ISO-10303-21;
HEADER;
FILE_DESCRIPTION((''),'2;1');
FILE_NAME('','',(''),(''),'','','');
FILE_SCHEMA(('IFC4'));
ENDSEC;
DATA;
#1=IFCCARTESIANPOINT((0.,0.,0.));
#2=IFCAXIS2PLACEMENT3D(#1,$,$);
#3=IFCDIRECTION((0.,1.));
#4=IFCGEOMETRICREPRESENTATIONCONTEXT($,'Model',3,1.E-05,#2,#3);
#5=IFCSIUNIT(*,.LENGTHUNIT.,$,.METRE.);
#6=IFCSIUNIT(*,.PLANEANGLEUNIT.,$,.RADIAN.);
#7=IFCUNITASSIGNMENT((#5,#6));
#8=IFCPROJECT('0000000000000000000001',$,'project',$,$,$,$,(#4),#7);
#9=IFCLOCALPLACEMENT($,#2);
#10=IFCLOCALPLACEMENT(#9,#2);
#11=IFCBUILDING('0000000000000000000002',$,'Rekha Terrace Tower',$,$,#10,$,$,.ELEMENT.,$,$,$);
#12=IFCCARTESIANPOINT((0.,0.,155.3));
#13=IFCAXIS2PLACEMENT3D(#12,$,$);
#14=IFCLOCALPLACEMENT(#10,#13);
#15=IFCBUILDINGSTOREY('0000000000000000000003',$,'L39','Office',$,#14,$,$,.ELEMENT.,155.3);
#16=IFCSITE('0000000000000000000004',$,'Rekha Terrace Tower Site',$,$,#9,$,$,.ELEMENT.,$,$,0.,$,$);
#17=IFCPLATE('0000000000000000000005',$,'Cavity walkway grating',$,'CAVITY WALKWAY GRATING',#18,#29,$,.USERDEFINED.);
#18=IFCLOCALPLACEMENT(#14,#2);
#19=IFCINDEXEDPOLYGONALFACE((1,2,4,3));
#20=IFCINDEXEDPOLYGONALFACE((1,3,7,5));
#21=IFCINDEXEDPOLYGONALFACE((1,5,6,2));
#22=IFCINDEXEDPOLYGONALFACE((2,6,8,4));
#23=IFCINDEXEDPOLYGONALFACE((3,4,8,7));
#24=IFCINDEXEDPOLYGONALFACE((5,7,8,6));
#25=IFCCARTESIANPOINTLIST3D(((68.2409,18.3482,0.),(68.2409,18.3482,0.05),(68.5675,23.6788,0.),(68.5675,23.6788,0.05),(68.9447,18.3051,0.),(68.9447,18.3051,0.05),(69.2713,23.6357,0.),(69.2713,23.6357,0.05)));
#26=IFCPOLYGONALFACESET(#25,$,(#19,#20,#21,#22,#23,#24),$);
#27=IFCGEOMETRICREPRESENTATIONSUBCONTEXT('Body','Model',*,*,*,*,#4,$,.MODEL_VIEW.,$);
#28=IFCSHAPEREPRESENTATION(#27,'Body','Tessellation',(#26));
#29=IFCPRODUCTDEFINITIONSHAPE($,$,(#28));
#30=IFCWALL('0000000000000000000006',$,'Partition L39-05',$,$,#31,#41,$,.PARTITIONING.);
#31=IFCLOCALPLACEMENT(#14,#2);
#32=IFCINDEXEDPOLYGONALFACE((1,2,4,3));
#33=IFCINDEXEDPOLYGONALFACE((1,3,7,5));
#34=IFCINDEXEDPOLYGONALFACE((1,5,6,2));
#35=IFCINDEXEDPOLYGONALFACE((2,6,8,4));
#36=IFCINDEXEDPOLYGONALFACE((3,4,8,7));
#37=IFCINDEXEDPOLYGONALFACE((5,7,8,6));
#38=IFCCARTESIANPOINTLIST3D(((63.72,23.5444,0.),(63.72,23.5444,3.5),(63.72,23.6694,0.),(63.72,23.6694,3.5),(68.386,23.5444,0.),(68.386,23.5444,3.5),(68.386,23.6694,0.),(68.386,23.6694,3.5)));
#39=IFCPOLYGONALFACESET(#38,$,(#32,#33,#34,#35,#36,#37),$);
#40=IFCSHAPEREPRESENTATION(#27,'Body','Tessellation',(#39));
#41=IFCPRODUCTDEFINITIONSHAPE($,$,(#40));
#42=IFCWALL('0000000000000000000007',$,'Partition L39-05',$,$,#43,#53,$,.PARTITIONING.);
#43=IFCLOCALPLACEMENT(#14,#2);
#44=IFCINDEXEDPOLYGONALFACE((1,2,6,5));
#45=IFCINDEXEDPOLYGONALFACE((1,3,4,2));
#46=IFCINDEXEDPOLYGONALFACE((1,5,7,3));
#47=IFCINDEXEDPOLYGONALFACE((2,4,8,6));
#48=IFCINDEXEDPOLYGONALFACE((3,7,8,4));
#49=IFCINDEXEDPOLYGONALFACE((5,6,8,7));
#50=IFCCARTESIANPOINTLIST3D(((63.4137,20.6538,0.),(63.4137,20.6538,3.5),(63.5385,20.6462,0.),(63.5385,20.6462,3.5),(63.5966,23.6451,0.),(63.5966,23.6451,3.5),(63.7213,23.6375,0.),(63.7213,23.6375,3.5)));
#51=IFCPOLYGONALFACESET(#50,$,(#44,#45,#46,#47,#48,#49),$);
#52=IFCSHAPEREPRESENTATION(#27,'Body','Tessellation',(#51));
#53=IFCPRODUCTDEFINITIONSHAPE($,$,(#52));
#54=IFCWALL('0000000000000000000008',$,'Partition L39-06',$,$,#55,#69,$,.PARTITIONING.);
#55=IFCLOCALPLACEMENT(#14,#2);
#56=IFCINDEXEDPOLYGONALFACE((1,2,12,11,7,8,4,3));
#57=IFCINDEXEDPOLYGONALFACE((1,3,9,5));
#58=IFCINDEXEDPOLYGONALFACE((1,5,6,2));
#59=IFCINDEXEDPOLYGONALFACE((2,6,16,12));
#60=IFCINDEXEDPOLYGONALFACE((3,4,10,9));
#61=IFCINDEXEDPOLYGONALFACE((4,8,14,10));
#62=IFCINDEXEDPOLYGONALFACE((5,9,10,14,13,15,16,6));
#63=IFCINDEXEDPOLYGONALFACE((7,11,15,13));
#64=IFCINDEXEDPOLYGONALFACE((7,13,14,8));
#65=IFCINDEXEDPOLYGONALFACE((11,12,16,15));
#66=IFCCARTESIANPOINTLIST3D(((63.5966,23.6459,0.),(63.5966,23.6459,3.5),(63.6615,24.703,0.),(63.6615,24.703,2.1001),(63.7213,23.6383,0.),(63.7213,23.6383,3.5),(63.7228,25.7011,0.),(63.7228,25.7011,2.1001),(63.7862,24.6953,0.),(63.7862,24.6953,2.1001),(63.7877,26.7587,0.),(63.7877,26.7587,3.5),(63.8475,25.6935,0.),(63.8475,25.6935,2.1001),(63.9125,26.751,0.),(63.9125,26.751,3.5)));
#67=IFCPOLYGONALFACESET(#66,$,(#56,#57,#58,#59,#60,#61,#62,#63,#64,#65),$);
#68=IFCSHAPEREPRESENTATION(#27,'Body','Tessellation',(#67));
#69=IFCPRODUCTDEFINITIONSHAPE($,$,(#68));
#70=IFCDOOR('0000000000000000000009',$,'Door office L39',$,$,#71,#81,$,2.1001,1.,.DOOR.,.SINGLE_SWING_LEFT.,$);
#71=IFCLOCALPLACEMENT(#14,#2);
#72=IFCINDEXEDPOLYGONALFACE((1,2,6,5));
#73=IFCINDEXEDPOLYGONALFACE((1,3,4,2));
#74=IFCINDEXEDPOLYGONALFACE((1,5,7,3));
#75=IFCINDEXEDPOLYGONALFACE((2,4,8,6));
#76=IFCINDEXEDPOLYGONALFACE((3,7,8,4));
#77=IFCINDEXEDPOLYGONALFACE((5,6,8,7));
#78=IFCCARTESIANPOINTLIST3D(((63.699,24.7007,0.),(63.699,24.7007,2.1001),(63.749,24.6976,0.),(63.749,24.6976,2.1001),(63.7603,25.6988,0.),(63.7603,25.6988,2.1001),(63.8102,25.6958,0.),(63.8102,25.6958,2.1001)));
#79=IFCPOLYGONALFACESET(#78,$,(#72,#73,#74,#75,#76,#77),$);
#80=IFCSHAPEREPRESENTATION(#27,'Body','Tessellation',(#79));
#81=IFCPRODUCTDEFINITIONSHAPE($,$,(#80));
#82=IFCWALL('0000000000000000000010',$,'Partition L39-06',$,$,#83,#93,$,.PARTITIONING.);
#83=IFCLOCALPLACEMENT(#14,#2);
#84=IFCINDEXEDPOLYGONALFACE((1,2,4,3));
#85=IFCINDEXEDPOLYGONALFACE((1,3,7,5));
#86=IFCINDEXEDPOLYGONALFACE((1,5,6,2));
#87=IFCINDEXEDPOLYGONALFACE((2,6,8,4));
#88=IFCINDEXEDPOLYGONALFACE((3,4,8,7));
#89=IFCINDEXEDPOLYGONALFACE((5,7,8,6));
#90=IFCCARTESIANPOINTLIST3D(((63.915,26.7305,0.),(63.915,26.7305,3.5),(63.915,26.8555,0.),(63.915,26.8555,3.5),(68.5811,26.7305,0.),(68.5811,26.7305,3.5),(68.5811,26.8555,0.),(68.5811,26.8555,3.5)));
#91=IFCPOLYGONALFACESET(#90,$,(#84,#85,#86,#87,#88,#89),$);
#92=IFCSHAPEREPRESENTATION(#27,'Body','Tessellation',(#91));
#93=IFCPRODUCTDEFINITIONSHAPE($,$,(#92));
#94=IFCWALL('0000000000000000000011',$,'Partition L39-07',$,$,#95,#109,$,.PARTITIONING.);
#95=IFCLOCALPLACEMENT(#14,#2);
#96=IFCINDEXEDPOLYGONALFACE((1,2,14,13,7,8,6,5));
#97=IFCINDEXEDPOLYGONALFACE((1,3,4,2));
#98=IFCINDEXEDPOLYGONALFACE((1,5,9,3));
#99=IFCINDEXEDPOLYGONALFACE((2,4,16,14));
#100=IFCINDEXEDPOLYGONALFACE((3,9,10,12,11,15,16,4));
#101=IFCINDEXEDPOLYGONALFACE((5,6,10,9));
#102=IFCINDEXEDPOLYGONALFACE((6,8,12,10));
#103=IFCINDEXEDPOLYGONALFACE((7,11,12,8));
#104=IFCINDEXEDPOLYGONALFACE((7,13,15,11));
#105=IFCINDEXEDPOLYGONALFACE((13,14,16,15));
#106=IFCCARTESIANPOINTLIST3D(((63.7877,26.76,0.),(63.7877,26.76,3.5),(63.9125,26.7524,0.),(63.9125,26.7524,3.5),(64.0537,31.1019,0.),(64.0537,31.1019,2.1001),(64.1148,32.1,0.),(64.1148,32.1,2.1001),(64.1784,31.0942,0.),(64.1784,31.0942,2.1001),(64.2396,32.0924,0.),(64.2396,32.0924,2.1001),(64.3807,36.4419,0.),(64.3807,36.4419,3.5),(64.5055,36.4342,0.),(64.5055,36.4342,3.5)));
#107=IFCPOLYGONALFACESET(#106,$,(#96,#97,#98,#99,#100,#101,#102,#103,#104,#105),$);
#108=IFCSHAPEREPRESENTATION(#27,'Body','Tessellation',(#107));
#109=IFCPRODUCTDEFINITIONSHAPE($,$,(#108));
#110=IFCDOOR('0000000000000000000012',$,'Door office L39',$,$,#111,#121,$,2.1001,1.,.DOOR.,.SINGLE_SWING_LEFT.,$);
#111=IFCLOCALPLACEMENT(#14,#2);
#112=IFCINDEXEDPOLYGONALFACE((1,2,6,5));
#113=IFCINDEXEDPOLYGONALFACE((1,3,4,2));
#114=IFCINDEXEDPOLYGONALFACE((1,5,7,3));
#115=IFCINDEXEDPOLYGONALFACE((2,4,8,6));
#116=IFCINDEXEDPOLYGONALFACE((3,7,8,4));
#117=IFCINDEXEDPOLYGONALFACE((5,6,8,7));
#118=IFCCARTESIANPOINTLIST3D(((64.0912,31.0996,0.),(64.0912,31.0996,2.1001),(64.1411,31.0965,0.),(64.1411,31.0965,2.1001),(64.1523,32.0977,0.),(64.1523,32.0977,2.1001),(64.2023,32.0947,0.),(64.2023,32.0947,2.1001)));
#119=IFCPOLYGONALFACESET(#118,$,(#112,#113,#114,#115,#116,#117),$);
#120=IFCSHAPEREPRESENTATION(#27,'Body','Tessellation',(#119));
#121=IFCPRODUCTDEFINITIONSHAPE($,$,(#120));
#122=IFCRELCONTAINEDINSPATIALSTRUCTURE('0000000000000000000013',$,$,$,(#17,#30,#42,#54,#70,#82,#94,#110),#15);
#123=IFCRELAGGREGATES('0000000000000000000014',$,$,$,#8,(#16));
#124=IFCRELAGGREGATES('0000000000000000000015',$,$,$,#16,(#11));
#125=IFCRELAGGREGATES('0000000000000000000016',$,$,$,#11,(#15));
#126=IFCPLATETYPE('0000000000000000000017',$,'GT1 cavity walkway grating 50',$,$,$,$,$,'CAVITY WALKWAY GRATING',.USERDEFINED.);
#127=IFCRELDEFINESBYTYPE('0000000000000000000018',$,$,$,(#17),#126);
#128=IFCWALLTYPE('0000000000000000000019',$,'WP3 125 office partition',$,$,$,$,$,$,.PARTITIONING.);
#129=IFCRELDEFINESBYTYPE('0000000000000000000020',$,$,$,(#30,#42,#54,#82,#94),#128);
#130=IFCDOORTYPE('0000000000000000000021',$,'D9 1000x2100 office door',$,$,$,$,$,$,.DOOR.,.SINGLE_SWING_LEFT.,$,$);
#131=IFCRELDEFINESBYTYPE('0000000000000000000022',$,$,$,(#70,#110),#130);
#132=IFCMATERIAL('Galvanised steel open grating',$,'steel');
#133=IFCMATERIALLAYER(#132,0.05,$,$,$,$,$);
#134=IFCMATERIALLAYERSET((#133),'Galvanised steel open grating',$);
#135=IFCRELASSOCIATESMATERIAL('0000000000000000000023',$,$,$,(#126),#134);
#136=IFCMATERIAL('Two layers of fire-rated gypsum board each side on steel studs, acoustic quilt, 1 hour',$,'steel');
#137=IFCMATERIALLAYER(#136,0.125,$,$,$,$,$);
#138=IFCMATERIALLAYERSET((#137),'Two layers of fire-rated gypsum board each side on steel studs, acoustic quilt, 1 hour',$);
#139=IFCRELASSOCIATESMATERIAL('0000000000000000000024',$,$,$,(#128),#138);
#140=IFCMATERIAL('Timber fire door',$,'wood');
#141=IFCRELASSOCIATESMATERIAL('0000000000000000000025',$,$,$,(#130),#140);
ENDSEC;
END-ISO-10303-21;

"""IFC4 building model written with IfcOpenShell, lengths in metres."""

from ifc_helpers import new_model, si_unit, direction, frame, frame_2d, origin, origin_2d, place, context, subcontext, project, spatial, rectangle, extrude, material, layer, layer_set, type_object, element, fill, save


model = new_model("IFC4")

# Units and contexts
model_context = context("Model", 3, precision=1e-05, world=origin(), true_north=direction((0.0, 1.0)))
body_context = subcontext(model_context, "Body", "Model", "MODEL_VIEW")
ifc_project = project(units=[si_unit("LENGTHUNIT", "METRE"), si_unit("PLANEANGLEUNIT", "RADIAN")], contexts=[model_context])

# Site, building, storey
site_placement = place(None, origin())
site = spatial("IfcSite", under=ifc_project, at=site_placement, Name="Rekha Terrace Tower Site", CompositionType="ELEMENT", RefElevation=0.0)
building_placement = place(site_placement, origin())
building = spatial("IfcBuilding", under=site, at=building_placement, Name="Rekha Terrace Tower", CompositionType="ELEMENT")
storey_placement = place(building_placement, frame((0.0, 0.0, 155.3)))
storey = spatial("IfcBuildingStorey", under=building, at=storey_placement, Name="L39", Description="Office", CompositionType="ELEMENT", Elevation=155.3)

# Plate
ifc_material_1 = material(Name="Galvanised steel open grating", Category="steel")
ifc_layer_1 = layer(ifc_material_1, 0.05)
ifc_layer_set_1 = layer_set([ifc_layer_1], Name="Galvanised steel open grating")
plate_type_1 = type_object("IfcPlateType", Name="GT1 cavity walkway grating 50", ElementType="CAVITY WALKWAY GRATING", PredefinedType="USERDEFINED", material=ifc_layer_set_1)
plate_1_placement = place(storey_placement, frame((68.7561, 20.9919, 0.0), z_axis=(0.0, 0.0, 1.0), x_axis=(0.06116, 0.998128, 0.0)))
element("IfcPlate", 1, at=plate_1_placement, inside=storey, type_object=plate_type_1, Name="Cavity walkway grating", ObjectType="CAVITY WALKWAY GRATING", PredefinedType="USERDEFINED", context=body_context, shape_type="SweptSolid", body=[
    extrude(rectangle(XDim=5.3406, YDim=0.7051, at=origin_2d()), origin(), (0.0, 0.0, 1.0), 0.05),
])

# Walls
ifc_material_2 = material(Name="Two layers of fire-rated gypsum board each side on steel studs, acoustic quilt, 1 hour", Category="steel")
ifc_layer_2 = layer(ifc_material_2, 0.125)
ifc_layer_set_2 = layer_set([ifc_layer_2], Name="Two layers of fire-rated gypsum board each side on steel studs, acoustic quilt, 1 hour")
wall_type = type_object("IfcWallType", Name="WP3 125 office partition", PredefinedType="PARTITIONING", material=ifc_layer_set_2)
wall_1_placement = place(storey_placement, frame((63.72, 23.6069, 0.0), z_axis=(0.0, 0.0, 1.0), x_axis=(1.0, 0.0, 0.0)))
element("IfcWall", 2, at=wall_1_placement, inside=storey, type_object=wall_type, Name="Partition L39-05", PredefinedType="PARTITIONING", context=body_context, shape_type="SweptSolid", body=[
    extrude(rectangle(XDim=4.666, YDim=0.125, at=frame_2d((2.333, 0.0))), origin(), (0.0, 0.0, 1.0), 3.5),
])
wall_2_placement = place(storey_placement, frame((63.4761, 20.6499, 0.0), z_axis=(0.0, 0.0, 1.0), x_axis=(0.061019, 0.998137, 0.0)))
element("IfcWall", 3, at=wall_2_placement, inside=storey, type_object=wall_type, Name="Partition L39-05", PredefinedType="PARTITIONING", context=body_context, shape_type="SweptSolid", body=[
    extrude(rectangle(XDim=2.9968, YDim=0.125, at=frame_2d((1.4985, 0.0))), origin(), (0.0, 0.0, 1.0), 3.5),
])

# Wall, opening, door
wall_3_placement = place(storey_placement, frame((63.6589, 23.6421, 0.0), z_axis=(0.0, 0.0, 1.0), x_axis=(0.061296, 0.99812, 0.0)))
wall_3 = element("IfcWall", 4, at=wall_3_placement, inside=storey, type_object=wall_type, Name="Partition L39-06", PredefinedType="PARTITIONING", context=body_context, shape_type="SweptSolid", body=[
    extrude(rectangle(XDim=3.1187, YDim=0.125, at=frame_2d((1.5593, 0.0))), origin(), (0.0, 0.0, 1.0), 3.5),
])
opening_1_placement = place(wall_3_placement, frame((1.0591, 0.0, 0.0)))
opening_1 = element("IfcOpeningElement", 5, at=opening_1_placement, cuts=wall_3, PredefinedType="OPENING", context=body_context, shape_type="SweptSolid", body=[
    extrude(rectangle(XDim=1.0, YDim=2.1001, at=frame_2d((0.5, 1.05))), frame((0.0, 0.0725, 0.0), z_axis=(0.0, -1.0, 0.0), x_axis=(1.0, 0.0, 0.0)), (0.0, 0.0, 1.0), 0.145),
])
ifc_material_3 = material(Name="Timber fire door", Category="wood")
door_type = type_object("IfcDoorType", Name="D9 1000x2100 office door", OperationType="SINGLE_SWING_LEFT", PredefinedType="DOOR", material=ifc_material_3)
door_1_placement = place(opening_1_placement, origin())
door_1 = element("IfcDoor", 6, at=door_1_placement, inside=storey, type_object=door_type, Name="Door office L39", OperationType="SINGLE_SWING_LEFT", OverallHeight=2.1001, OverallWidth=1.0, PredefinedType="DOOR", context=body_context, shape_type="SweptSolid", body=[
    extrude(rectangle(XDim=1.0, YDim=2.1001, at=frame_2d((0.5, 1.05))), frame((0.0, 0.0249, 0.0), z_axis=(0.0, -1.0, 0.0), x_axis=(1.0, 0.0, 0.0)), (0.0, 0.0, 1.0), 0.05),
])
fill(opening_1, door_1)

# Wall
wall_4_placement = place(storey_placement, frame((63.915, 26.793, 0.0), z_axis=(0.0, 0.0, 1.0), x_axis=(1.0, 0.0, 0.0)))
element("IfcWall", 7, at=wall_4_placement, inside=storey, type_object=wall_type, Name="Partition L39-06", PredefinedType="PARTITIONING", context=body_context, shape_type="SweptSolid", body=[
    extrude(rectangle(XDim=4.666, YDim=0.125, at=frame_2d((2.333, 0.0))), origin(), (0.0, 0.0, 1.0), 3.5),
])

# Wall, opening, door
wall_5_placement = place(storey_placement, frame((63.8501, 26.7561, 0.0), z_axis=(0.0, 0.0, 1.0), x_axis=(0.061136, 0.998129, 0.0)))
wall_5 = element("IfcWall", 8, at=wall_5_placement, inside=storey, type_object=wall_type, Name="Partition L39-07", PredefinedType="PARTITIONING", context=body_context, shape_type="SweptSolid", body=[
    extrude(rectangle(XDim=9.7, YDim=0.125, at=frame_2d((4.8501, 0.0))), origin(), (0.0, 0.0, 1.0), 3.5),
])
opening_2_placement = place(wall_5_placement, frame((4.3501, 0.0, 0.0)))
opening_2 = element("IfcOpeningElement", 9, at=opening_2_placement, cuts=wall_5, PredefinedType="OPENING", context=body_context, shape_type="SweptSolid", body=[
    extrude(rectangle(XDim=1.0, YDim=2.1001, at=frame_2d((0.5, 1.05))), frame((0.0, 0.0725, 0.0), z_axis=(0.0, -1.0, 0.0), x_axis=(1.0, 0.0, 0.0)), (0.0, 0.0, 1.0), 0.145),
])
door_2_placement = place(opening_2_placement, origin())
door_2 = element("IfcDoor", 10, at=door_2_placement, inside=storey, type_object=door_type, Name="Door office L39", OperationType="SINGLE_SWING_LEFT", OverallHeight=2.1001, OverallWidth=1.0, PredefinedType="DOOR", context=body_context, shape_type="SweptSolid", body=[
    extrude(rectangle(XDim=1.0, YDim=2.1001, at=frame_2d((0.5, 1.05))), frame((0.0, 0.0249, 0.0), z_axis=(0.0, -1.0, 0.0), x_axis=(1.0, 0.0, 0.0)), (0.0, 0.0, 1.0), 0.05),
])
fill(opening_2, door_2)

save(model, "model.ifc")
